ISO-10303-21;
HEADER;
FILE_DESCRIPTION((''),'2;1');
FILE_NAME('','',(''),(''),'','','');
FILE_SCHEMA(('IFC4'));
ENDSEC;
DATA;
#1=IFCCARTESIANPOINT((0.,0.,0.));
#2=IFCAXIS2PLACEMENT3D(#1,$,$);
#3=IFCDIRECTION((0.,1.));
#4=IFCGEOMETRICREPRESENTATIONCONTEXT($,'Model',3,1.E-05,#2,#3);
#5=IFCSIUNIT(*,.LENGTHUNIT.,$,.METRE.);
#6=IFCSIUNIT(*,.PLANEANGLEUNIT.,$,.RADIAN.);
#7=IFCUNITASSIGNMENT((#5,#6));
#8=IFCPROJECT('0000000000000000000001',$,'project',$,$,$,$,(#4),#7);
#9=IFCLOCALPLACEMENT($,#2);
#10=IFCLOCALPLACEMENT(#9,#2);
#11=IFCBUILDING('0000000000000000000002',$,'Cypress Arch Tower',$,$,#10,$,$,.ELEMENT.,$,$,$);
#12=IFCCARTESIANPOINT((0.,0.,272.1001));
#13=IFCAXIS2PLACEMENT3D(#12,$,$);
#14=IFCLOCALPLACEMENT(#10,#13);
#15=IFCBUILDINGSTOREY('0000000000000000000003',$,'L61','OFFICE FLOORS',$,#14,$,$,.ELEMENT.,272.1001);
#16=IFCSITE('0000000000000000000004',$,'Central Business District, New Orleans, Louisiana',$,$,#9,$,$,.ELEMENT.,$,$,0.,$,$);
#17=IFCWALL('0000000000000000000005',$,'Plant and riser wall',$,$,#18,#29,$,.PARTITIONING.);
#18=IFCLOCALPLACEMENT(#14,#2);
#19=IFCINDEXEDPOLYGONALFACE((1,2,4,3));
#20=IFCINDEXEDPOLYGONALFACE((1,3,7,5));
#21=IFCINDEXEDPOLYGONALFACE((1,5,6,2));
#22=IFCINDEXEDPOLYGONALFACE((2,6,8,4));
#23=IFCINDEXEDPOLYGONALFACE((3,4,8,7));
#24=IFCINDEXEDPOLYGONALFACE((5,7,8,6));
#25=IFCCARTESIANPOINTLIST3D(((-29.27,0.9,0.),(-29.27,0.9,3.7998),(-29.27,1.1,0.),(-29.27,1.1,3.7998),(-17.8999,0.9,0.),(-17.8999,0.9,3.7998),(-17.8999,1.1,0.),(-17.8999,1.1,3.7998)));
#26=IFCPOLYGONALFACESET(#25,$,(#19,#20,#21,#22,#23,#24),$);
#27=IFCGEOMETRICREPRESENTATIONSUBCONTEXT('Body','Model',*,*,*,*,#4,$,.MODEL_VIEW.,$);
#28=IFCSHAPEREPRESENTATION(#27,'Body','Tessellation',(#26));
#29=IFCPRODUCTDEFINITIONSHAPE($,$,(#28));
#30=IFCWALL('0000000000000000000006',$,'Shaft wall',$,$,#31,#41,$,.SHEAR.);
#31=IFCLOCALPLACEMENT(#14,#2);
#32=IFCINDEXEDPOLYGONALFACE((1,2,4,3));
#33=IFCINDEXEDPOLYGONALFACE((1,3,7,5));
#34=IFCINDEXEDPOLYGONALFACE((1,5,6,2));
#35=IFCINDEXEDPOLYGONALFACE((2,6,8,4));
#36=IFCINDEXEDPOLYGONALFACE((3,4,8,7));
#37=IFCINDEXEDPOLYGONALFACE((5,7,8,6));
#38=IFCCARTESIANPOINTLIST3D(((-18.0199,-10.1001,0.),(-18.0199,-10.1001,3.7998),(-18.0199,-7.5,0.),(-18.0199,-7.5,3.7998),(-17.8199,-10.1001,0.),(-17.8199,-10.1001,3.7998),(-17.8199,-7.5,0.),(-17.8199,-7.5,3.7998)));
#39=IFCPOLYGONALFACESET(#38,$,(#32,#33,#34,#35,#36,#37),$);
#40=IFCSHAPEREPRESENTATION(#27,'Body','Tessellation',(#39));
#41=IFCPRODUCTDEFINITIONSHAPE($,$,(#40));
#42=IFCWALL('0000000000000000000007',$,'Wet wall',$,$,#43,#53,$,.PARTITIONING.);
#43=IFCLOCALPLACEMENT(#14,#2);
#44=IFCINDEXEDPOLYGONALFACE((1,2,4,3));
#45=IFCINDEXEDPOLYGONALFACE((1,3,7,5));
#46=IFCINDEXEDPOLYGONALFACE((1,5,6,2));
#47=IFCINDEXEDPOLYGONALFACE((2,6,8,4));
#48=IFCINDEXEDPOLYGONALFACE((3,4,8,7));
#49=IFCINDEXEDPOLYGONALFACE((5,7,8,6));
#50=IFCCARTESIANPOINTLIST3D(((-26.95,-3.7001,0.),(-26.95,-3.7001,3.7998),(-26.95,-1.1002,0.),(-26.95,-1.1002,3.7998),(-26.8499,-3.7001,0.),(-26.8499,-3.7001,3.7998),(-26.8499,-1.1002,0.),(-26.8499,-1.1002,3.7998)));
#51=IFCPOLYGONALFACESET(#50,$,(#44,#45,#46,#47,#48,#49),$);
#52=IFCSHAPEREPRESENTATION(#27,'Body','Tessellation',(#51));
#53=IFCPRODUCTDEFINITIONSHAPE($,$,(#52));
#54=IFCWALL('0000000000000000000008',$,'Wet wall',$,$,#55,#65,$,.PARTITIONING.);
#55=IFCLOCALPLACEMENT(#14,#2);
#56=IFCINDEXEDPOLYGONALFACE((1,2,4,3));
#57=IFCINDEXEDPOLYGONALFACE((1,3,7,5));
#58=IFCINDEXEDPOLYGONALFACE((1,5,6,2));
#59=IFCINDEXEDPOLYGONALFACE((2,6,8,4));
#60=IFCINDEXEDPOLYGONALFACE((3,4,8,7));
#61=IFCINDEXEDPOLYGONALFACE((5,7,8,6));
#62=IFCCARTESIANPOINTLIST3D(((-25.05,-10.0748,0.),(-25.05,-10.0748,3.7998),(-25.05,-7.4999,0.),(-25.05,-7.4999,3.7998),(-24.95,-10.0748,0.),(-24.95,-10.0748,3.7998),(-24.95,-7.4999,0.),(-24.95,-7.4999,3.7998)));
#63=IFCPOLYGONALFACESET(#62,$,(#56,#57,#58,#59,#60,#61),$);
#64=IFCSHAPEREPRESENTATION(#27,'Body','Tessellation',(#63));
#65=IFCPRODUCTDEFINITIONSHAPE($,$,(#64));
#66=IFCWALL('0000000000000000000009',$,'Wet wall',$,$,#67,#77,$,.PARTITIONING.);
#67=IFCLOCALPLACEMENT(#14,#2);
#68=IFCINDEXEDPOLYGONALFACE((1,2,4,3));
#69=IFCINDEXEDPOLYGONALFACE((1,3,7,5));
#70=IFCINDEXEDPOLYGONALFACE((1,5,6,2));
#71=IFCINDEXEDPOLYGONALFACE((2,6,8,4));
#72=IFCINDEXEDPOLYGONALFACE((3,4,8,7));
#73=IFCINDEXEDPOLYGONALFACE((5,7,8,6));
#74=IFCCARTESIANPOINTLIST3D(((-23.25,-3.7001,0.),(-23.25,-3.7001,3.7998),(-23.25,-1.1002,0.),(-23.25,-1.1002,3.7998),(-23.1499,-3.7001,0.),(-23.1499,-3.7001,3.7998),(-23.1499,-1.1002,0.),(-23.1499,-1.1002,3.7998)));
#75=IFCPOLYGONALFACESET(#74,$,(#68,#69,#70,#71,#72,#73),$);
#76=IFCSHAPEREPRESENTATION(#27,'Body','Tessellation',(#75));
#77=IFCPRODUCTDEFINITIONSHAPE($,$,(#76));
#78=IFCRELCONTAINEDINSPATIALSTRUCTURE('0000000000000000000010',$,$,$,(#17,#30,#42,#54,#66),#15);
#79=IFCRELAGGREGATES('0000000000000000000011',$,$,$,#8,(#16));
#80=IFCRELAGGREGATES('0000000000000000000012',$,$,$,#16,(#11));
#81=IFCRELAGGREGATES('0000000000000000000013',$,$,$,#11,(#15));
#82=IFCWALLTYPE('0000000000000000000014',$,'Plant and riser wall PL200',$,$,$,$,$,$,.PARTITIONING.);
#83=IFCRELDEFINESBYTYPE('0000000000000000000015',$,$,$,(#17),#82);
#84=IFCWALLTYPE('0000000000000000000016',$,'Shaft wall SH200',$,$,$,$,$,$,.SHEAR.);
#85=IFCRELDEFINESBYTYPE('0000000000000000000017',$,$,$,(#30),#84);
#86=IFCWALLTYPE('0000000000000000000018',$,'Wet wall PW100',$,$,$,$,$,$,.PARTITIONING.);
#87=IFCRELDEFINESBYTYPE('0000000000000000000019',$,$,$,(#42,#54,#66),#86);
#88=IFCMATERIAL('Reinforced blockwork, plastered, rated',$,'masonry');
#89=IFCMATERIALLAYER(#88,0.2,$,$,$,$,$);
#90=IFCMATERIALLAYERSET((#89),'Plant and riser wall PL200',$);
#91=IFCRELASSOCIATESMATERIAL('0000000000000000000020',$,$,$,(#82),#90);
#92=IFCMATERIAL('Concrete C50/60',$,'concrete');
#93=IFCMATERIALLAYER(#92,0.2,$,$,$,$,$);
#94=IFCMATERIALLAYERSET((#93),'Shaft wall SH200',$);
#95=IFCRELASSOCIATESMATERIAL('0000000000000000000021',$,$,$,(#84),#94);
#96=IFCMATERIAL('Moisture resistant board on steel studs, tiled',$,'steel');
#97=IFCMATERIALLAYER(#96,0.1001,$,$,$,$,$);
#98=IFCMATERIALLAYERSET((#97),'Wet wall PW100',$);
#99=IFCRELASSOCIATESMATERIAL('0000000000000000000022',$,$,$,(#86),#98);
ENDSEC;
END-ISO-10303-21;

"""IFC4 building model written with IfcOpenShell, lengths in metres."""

from ifc_helpers import new_model, si_unit, direction, frame, frame_2d, origin, place, context, subcontext, project, spatial, rectangle, extrude, material, layer, layer_set, type_object, element, save


model = new_model("IFC4")

# Units and contexts
model_context = context("Model", 3, precision=1e-05, world=origin(), true_north=direction((0.0, 1.0)))
body_context = subcontext(model_context, "Body", "Model", "MODEL_VIEW")
ifc_project = project(units=[si_unit("LENGTHUNIT", "METRE"), si_unit("PLANEANGLEUNIT", "RADIAN")], contexts=[model_context])

# Site, building, storey
site_placement = place(None, origin())
site = spatial("IfcSite", under=ifc_project, at=site_placement, Name="Central Business District, New Orleans, Louisiana", CompositionType="ELEMENT", RefElevation=0.0)
building_placement = place(site_placement, origin())
building = spatial("IfcBuilding", under=site, at=building_placement, Name="Cypress Arch Tower", CompositionType="ELEMENT")
storey_placement = place(building_placement, frame((0.0, 0.0, 272.1001)))
storey = spatial("IfcBuildingStorey", under=building, at=storey_placement, Name="L61", Description="OFFICE FLOORS", CompositionType="ELEMENT", Elevation=272.1001)

# Walls
ifc_material_1 = material(Name="Reinforced blockwork, plastered, rated", Category="masonry")
ifc_layer_1 = layer(ifc_material_1, 0.2)
ifc_layer_set_1 = layer_set([ifc_layer_1], Name="Plant and riser wall PL200")
wall_type_1 = type_object("IfcWallType", Name="Plant and riser wall PL200", PredefinedType="PARTITIONING", material=ifc_layer_set_1)
wall_1_placement = place(storey_placement, frame((-29.27, 1.0, 0.0), z_axis=(0.0, 0.0, 1.0), x_axis=(1.0, 0.0, 0.0)))
element("IfcWall", 1, at=wall_1_placement, inside=storey, type_object=wall_type_1, Name="Plant and riser wall", PredefinedType="PARTITIONING", context=body_context, shape_type="SweptSolid", body=[
    extrude(rectangle(XDim=11.3701, YDim=0.2, at=frame_2d((5.6851, 0.0))), origin(), (0.0, 0.0, 1.0), 3.7998),
])
ifc_material_2 = material(Name="Concrete C50/60", Category="concrete")
ifc_layer_2 = layer(ifc_material_2, 0.2)
ifc_layer_set_2 = layer_set([ifc_layer_2], Name="Shaft wall SH200")
wall_type_2 = type_object("IfcWallType", Name="Shaft wall SH200", PredefinedType="SHEAR", material=ifc_layer_set_2)
wall_2_placement = place(storey_placement, frame((-17.9199, -10.1001, 0.0), z_axis=(0.0, 0.0, 1.0), x_axis=(0.0, 1.0, 0.0)))
element("IfcWall", 2, at=wall_2_placement, inside=storey, type_object=wall_type_2, Name="Shaft wall", PredefinedType="SHEAR", context=body_context, shape_type="SweptSolid", body=[
    extrude(rectangle(XDim=2.6001, YDim=0.2, at=frame_2d((1.3, 0.0))), origin(), (0.0, 0.0, 1.0), 3.7998),
])
ifc_material_3 = material(Name="Moisture resistant board on steel studs, tiled", Category="steel")
ifc_layer_3 = layer(ifc_material_3, 0.1001)
ifc_layer_set_3 = layer_set([ifc_layer_3], Name="Wet wall PW100")
wall_type_3 = type_object("IfcWallType", Name="Wet wall PW100", PredefinedType="PARTITIONING", material=ifc_layer_set_3)
wall_3_placement = place(storey_placement, frame((-26.8999, -3.7, 0.0), z_axis=(0.0, 0.0, 1.0), x_axis=(0.0, 1.0, 0.0)))
element("IfcWall", 3, at=wall_3_placement, inside=storey, type_object=wall_type_3, Name="Wet wall", PredefinedType="PARTITIONING", context=body_context, shape_type="SweptSolid", body=[
    extrude(rectangle(XDim=2.5999, YDim=0.1001, at=frame_2d((1.2998, 0.0))), origin(), (0.0, 0.0, 1.0), 3.7998),
])
wall_4_placement = place(storey_placement, frame((-25.0, -10.075, 0.0), z_axis=(0.0, 0.0, 1.0), x_axis=(0.0, 1.0, 0.0)))
element("IfcWall", 4, at=wall_4_placement, inside=storey, type_object=wall_type_3, Name="Wet wall", PredefinedType="PARTITIONING", context=body_context, shape_type="SweptSolid", body=[
    extrude(rectangle(XDim=2.575, YDim=0.1001, at=frame_2d((1.2876, 0.0))), origin(), (0.0, 0.0, 1.0), 3.7998),
])
wall_5_placement = place(storey_placement, frame((-23.2, -3.7, 0.0), z_axis=(0.0, 0.0, 1.0), x_axis=(0.0, 1.0, 0.0)))
element("IfcWall", 5, at=wall_5_placement, inside=storey, type_object=wall_type_3, Name="Wet wall", PredefinedType="PARTITIONING", context=body_context, shape_type="SweptSolid", body=[
    extrude(rectangle(XDim=2.5999, YDim=0.1001, at=frame_2d((1.2998, 0.0))), origin(), (0.0, 0.0, 1.0), 3.7998),
])

save(model, "model.ifc")
